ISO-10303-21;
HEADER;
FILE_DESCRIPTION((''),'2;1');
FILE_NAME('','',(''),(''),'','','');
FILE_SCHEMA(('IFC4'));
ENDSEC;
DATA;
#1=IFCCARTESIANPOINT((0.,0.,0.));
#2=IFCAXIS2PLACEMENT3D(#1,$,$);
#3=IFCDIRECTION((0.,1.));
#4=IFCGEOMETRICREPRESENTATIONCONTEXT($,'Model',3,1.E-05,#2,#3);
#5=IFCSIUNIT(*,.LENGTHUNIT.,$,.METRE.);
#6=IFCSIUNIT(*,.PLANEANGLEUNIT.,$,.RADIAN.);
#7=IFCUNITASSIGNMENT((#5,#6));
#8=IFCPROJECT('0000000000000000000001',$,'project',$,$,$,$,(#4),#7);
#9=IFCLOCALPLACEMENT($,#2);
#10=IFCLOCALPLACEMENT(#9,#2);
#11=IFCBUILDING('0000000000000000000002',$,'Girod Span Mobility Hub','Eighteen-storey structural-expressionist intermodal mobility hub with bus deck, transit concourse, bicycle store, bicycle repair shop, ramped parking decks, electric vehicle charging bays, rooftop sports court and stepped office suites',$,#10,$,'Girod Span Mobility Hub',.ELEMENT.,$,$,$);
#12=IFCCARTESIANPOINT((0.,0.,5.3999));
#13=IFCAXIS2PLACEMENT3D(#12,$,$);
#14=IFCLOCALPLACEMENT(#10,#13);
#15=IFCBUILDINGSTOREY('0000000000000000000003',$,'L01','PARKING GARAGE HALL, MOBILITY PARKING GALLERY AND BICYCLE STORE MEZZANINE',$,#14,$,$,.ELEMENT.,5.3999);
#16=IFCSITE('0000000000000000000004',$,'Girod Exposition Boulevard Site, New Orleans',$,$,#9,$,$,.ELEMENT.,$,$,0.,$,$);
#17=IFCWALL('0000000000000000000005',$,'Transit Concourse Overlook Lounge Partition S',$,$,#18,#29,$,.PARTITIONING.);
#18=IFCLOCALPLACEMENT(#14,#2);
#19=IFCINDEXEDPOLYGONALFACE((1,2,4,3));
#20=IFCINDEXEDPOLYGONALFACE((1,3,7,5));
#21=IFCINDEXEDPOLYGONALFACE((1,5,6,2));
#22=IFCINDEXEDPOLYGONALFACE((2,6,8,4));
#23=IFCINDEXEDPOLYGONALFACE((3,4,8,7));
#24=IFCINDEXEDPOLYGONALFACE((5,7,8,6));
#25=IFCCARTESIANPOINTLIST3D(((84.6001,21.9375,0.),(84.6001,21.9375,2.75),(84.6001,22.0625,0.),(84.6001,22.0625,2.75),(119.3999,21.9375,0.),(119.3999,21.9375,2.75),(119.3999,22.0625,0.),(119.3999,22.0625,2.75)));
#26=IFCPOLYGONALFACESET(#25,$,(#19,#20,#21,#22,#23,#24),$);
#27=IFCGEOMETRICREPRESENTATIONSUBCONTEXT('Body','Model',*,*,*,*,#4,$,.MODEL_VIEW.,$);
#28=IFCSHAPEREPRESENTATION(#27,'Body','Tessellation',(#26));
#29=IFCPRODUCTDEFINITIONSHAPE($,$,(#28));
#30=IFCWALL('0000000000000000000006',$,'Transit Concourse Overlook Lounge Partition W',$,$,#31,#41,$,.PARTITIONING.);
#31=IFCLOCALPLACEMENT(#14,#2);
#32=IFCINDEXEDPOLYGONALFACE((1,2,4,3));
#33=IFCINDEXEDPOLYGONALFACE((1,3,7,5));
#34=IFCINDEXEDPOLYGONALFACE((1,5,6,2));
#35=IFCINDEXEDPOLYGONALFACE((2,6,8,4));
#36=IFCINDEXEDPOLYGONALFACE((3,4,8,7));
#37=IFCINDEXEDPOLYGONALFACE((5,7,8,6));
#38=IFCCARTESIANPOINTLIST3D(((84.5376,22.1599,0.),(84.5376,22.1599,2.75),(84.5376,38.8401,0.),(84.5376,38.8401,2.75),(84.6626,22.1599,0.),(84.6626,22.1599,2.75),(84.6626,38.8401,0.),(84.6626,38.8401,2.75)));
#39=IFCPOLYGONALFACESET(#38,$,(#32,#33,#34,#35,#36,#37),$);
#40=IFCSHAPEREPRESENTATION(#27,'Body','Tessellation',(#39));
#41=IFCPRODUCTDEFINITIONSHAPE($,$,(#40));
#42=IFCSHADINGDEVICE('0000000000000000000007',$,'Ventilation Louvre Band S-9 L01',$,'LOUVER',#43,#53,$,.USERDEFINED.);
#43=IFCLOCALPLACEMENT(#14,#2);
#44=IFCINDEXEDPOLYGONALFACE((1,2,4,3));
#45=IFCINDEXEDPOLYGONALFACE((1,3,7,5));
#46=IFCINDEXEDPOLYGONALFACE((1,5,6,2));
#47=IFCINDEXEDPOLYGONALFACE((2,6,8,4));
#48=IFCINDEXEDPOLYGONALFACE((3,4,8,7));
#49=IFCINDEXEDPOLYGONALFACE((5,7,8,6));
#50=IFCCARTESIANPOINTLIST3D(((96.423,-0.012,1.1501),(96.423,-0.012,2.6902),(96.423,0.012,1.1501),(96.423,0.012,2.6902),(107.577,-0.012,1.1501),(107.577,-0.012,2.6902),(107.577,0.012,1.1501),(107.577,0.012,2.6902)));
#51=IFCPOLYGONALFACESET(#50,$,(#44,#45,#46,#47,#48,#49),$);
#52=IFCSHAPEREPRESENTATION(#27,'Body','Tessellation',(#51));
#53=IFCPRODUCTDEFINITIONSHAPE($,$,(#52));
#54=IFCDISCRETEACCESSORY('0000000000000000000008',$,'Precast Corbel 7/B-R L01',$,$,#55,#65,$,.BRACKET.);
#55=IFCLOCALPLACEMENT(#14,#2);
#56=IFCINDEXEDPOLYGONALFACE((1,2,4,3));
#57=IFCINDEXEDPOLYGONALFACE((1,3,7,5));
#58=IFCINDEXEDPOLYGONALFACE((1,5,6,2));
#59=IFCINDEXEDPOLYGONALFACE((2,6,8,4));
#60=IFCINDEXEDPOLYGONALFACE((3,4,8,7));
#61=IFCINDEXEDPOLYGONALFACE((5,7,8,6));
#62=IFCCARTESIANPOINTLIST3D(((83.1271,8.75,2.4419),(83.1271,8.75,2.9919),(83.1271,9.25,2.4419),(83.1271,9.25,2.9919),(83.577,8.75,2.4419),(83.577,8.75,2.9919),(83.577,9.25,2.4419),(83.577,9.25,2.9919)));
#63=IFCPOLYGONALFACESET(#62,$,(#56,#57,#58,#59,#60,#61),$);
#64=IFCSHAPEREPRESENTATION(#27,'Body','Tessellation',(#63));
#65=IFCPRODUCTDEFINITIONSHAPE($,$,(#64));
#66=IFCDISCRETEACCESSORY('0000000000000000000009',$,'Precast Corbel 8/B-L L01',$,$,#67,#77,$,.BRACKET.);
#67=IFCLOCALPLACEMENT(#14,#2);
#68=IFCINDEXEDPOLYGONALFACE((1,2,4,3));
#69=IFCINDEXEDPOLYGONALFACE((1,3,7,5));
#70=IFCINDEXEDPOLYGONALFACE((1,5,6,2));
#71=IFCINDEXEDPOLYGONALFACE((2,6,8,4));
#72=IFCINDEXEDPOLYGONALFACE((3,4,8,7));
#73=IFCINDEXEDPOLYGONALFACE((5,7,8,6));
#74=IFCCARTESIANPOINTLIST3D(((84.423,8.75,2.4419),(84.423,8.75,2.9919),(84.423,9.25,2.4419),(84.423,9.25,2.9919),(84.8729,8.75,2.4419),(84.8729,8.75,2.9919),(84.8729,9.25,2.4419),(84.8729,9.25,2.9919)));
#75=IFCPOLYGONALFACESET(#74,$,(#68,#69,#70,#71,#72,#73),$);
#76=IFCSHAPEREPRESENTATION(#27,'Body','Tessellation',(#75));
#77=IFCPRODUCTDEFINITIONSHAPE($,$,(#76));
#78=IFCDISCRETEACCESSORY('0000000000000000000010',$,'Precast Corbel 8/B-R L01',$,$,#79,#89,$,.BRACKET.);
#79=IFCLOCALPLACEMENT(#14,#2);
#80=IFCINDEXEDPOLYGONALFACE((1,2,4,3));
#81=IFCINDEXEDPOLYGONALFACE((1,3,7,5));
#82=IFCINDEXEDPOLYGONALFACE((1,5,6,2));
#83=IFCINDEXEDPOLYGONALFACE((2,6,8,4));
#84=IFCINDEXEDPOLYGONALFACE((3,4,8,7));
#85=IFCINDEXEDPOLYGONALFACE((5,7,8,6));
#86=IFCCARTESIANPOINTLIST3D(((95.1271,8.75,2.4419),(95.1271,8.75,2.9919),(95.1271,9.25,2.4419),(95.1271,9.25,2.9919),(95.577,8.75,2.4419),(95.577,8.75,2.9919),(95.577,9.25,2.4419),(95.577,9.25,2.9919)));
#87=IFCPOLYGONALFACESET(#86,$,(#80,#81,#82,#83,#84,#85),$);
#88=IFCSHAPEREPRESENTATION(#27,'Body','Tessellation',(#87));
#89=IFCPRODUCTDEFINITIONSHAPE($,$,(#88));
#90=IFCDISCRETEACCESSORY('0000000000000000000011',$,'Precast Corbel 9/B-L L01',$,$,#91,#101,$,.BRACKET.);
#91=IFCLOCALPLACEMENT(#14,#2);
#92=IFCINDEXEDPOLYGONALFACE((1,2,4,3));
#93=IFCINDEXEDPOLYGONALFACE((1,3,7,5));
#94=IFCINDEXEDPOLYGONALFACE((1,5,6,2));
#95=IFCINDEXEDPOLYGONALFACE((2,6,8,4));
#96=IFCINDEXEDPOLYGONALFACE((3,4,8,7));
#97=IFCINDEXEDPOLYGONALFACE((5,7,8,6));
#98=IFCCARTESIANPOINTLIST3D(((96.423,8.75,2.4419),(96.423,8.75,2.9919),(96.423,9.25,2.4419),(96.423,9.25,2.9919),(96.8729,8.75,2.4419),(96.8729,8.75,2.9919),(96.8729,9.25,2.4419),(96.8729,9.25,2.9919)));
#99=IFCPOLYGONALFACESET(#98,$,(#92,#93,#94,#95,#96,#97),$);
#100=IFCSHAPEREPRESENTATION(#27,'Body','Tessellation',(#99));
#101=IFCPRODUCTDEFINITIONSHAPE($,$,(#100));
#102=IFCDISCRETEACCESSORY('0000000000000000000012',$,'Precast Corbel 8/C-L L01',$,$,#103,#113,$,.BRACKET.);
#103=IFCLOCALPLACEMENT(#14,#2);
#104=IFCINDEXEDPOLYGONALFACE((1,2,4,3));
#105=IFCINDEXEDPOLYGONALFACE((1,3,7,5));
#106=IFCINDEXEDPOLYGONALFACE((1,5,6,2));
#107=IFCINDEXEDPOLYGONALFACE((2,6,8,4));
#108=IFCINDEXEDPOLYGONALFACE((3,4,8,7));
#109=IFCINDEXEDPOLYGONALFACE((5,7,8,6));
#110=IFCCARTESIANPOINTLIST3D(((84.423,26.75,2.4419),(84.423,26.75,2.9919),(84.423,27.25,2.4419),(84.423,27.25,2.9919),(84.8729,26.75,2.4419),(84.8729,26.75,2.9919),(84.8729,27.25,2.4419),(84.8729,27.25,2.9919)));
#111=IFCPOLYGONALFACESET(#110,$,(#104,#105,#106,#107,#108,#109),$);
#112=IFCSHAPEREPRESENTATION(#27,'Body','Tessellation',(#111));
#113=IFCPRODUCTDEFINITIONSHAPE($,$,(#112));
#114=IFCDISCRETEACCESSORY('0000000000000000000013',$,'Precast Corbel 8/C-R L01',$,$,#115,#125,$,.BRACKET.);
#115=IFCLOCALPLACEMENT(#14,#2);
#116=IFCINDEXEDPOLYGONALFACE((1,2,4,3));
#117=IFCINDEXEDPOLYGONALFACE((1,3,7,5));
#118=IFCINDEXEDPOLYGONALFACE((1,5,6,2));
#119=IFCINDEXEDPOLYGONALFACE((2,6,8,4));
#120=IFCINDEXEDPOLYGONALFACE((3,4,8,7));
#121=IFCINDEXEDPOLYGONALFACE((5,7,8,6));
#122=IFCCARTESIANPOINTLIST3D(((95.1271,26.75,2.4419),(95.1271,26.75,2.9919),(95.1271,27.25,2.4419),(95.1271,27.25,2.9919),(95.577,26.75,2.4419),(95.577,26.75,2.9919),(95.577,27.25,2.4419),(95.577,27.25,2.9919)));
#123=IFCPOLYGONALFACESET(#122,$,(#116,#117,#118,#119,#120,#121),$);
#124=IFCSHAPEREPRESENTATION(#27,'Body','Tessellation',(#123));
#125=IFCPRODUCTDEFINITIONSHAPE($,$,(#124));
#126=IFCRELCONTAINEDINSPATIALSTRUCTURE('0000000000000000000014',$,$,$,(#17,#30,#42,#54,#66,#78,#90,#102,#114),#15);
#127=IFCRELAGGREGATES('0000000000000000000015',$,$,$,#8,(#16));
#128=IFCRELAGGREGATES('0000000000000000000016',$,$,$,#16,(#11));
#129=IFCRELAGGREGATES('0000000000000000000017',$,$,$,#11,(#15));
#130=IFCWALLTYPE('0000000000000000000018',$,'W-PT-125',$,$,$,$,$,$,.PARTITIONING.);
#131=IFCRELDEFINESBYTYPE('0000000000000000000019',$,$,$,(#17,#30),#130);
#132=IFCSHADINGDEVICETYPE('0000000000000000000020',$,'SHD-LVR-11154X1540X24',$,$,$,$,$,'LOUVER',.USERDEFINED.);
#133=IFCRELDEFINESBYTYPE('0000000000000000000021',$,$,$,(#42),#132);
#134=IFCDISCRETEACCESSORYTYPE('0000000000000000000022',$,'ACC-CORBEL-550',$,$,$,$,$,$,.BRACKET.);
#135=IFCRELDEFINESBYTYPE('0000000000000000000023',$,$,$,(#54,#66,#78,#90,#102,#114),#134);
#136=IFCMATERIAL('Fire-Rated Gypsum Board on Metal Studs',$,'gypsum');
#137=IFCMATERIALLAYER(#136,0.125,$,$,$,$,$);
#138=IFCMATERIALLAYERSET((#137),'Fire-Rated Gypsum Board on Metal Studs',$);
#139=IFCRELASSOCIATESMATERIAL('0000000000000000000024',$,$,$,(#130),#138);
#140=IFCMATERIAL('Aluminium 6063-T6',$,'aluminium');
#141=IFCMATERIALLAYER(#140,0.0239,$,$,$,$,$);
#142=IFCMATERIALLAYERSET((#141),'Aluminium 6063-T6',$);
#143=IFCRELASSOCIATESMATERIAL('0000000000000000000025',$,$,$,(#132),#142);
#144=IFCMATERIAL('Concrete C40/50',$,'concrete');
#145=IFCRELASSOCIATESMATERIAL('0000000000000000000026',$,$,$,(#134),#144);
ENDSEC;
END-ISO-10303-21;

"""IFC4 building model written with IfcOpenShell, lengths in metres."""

from ifc_helpers import new_model, si_unit, direction, frame, frame_2d, origin, origin_2d, place, context, subcontext, project, spatial, rectangle, extrude, material, layer, layer_set, type_object, element, save


model = new_model("IFC4")

# Units and contexts
model_context = context("Model", 3, precision=1e-05, world=origin(), true_north=direction((0.0, 1.0)))
body_context = subcontext(model_context, "Body", "Model", "MODEL_VIEW")
ifc_project = project(units=[si_unit("LENGTHUNIT", "METRE"), si_unit("PLANEANGLEUNIT", "RADIAN")], contexts=[model_context])

# Site, building, storey
site_placement = place(None, origin())
site = spatial("IfcSite", under=ifc_project, at=site_placement, Name="Girod Exposition Boulevard Site, New Orleans", CompositionType="ELEMENT", RefElevation=0.0)
building_placement = place(site_placement, origin())
building = spatial("IfcBuilding", under=site, at=building_placement, Name="Girod Span Mobility Hub", Description="Eighteen-storey structural-expressionist intermodal mobility hub with bus deck, transit concourse, bicycle store, bicycle repair shop, ramped parking decks, electric vehicle charging bays, rooftop sports court and stepped office suites", LongName="Girod Span Mobility Hub", CompositionType="ELEMENT")
storey_placement = place(building_placement, frame((0.0, 0.0, 5.3999)))
storey = spatial("IfcBuildingStorey", under=building, at=storey_placement, Name="L01", Description="PARKING GARAGE HALL, MOBILITY PARKING GALLERY AND BICYCLE STORE MEZZANINE", CompositionType="ELEMENT", Elevation=5.3999)

# Walls
ifc_material_1 = material(Name="Fire-Rated Gypsum Board on Metal Studs", Category="gypsum")
ifc_layer_1 = layer(ifc_material_1, 0.125)
ifc_layer_set_1 = layer_set([ifc_layer_1], Name="Fire-Rated Gypsum Board on Metal Studs")
wall_type_1 = type_object("IfcWallType", Name="W-PT-125", PredefinedType="PARTITIONING", material=ifc_layer_set_1)
wall_1_placement = place(storey_placement, frame((84.6001, 22.0, 0.0), z_axis=(0.0, 0.0, 1.0), x_axis=(1.0, 0.0, 0.0)))
element("IfcWall", 1, at=wall_1_placement, inside=storey, type_object=wall_type_1, Name="Transit Concourse Overlook Lounge Partition S", PredefinedType="PARTITIONING", context=body_context, shape_type="SweptSolid", body=[
    extrude(rectangle(XDim=34.7998, YDim=0.125, at=frame_2d((17.3999, 0.0))), origin(), (0.0, 0.0, 1.0), 2.75),
])
wall_2_placement = place(storey_placement, frame((84.6001, 22.1599, 0.0), z_axis=(0.0, 0.0, 1.0), x_axis=(0.0, 1.0, 0.0)))
element("IfcWall", 2, at=wall_2_placement, inside=storey, type_object=wall_type_1, Name="Transit Concourse Overlook Lounge Partition W", PredefinedType="PARTITIONING", context=body_context, shape_type="SweptSolid", body=[
    extrude(rectangle(XDim=16.6802, YDim=0.125, at=frame_2d((8.3401, 0.0))), origin(), (0.0, 0.0, 1.0), 2.75),
])

# Shading device
ifc_material_2 = material(Name="Aluminium 6063-T6", Category="aluminium")
ifc_layer_2 = layer(ifc_material_2, 0.0239)
ifc_layer_set_2 = layer_set([ifc_layer_2], Name="Aluminium 6063-T6")
shading_device_type = type_object("IfcShadingDeviceType", Name="SHD-LVR-11154X1540X24", ElementType="LOUVER", PredefinedType="USERDEFINED", material=ifc_layer_set_2)
shading_device_placement = place(storey_placement, frame((102.0, 0.0, 1.1501), z_axis=(0.0, 0.0, 1.0), x_axis=(1.0, 0.0, 0.0)))
element("IfcShadingDevice", 3, at=shading_device_placement, inside=storey, type_object=shading_device_type, Name="Ventilation Louvre Band S-9 L01", ObjectType="LOUVER", PredefinedType="USERDEFINED", context=body_context, shape_type="SweptSolid", body=[
    extrude(rectangle(XDim=11.1541, YDim=0.0239, at=origin_2d()), origin(), (0.0, 0.0, 1.0), 1.54),
])

# Discrete accessories
ifc_material_3 = material(Name="Concrete C40/50", Category="concrete")
discrete_accessory_type = type_object("IfcDiscreteAccessoryType", Name="ACC-CORBEL-550", PredefinedType="BRACKET", material=ifc_material_3)
for number, where, z_axis, x_axis, name in (
    (4, (83.3521, 9.0, 2.4419), (0.0, 0.0, 1.0), (1.0, 0.0, 0.0), "Precast Corbel 7/B-R L01"),
    (5, (84.6479, 9.0, 2.4419), (0.0, 0.0, 1.0), (1.0, 0.0, 0.0), "Precast Corbel 8/B-L L01"),
    (6, (95.3521, 9.0, 2.4419), (0.0, 0.0, 1.0), (1.0, 0.0, 0.0), "Precast Corbel 8/B-R L01"),
    (7, (96.6479, 9.0, 2.4419), (0.0, 0.0, 1.0), (1.0, 0.0, 0.0), "Precast Corbel 9/B-L L01"),
    (8, (84.6479, 27.0, 2.4419), (0.0, 0.0, 1.0), (1.0, 0.0, 0.0), "Precast Corbel 8/C-L L01"),
    (9, (95.3521, 27.0, 2.4419), (0.0, 0.0, 1.0), (1.0, 0.0, 0.0), "Precast Corbel 8/C-R L01"),
):
    element("IfcDiscreteAccessory", number, at=place(storey_placement, frame(where, z_axis=z_axis, x_axis=x_axis)), inside=storey, type_object=discrete_accessory_type, Name=name, PredefinedType="BRACKET", context=body_context, shape_type="SweptSolid", body=[
        extrude(rectangle(XDim=0.45, YDim=0.5, at=origin_2d()), origin(), (0.0, 0.0, 1.0), 0.55),
    ])

save(model, "model.ifc")
